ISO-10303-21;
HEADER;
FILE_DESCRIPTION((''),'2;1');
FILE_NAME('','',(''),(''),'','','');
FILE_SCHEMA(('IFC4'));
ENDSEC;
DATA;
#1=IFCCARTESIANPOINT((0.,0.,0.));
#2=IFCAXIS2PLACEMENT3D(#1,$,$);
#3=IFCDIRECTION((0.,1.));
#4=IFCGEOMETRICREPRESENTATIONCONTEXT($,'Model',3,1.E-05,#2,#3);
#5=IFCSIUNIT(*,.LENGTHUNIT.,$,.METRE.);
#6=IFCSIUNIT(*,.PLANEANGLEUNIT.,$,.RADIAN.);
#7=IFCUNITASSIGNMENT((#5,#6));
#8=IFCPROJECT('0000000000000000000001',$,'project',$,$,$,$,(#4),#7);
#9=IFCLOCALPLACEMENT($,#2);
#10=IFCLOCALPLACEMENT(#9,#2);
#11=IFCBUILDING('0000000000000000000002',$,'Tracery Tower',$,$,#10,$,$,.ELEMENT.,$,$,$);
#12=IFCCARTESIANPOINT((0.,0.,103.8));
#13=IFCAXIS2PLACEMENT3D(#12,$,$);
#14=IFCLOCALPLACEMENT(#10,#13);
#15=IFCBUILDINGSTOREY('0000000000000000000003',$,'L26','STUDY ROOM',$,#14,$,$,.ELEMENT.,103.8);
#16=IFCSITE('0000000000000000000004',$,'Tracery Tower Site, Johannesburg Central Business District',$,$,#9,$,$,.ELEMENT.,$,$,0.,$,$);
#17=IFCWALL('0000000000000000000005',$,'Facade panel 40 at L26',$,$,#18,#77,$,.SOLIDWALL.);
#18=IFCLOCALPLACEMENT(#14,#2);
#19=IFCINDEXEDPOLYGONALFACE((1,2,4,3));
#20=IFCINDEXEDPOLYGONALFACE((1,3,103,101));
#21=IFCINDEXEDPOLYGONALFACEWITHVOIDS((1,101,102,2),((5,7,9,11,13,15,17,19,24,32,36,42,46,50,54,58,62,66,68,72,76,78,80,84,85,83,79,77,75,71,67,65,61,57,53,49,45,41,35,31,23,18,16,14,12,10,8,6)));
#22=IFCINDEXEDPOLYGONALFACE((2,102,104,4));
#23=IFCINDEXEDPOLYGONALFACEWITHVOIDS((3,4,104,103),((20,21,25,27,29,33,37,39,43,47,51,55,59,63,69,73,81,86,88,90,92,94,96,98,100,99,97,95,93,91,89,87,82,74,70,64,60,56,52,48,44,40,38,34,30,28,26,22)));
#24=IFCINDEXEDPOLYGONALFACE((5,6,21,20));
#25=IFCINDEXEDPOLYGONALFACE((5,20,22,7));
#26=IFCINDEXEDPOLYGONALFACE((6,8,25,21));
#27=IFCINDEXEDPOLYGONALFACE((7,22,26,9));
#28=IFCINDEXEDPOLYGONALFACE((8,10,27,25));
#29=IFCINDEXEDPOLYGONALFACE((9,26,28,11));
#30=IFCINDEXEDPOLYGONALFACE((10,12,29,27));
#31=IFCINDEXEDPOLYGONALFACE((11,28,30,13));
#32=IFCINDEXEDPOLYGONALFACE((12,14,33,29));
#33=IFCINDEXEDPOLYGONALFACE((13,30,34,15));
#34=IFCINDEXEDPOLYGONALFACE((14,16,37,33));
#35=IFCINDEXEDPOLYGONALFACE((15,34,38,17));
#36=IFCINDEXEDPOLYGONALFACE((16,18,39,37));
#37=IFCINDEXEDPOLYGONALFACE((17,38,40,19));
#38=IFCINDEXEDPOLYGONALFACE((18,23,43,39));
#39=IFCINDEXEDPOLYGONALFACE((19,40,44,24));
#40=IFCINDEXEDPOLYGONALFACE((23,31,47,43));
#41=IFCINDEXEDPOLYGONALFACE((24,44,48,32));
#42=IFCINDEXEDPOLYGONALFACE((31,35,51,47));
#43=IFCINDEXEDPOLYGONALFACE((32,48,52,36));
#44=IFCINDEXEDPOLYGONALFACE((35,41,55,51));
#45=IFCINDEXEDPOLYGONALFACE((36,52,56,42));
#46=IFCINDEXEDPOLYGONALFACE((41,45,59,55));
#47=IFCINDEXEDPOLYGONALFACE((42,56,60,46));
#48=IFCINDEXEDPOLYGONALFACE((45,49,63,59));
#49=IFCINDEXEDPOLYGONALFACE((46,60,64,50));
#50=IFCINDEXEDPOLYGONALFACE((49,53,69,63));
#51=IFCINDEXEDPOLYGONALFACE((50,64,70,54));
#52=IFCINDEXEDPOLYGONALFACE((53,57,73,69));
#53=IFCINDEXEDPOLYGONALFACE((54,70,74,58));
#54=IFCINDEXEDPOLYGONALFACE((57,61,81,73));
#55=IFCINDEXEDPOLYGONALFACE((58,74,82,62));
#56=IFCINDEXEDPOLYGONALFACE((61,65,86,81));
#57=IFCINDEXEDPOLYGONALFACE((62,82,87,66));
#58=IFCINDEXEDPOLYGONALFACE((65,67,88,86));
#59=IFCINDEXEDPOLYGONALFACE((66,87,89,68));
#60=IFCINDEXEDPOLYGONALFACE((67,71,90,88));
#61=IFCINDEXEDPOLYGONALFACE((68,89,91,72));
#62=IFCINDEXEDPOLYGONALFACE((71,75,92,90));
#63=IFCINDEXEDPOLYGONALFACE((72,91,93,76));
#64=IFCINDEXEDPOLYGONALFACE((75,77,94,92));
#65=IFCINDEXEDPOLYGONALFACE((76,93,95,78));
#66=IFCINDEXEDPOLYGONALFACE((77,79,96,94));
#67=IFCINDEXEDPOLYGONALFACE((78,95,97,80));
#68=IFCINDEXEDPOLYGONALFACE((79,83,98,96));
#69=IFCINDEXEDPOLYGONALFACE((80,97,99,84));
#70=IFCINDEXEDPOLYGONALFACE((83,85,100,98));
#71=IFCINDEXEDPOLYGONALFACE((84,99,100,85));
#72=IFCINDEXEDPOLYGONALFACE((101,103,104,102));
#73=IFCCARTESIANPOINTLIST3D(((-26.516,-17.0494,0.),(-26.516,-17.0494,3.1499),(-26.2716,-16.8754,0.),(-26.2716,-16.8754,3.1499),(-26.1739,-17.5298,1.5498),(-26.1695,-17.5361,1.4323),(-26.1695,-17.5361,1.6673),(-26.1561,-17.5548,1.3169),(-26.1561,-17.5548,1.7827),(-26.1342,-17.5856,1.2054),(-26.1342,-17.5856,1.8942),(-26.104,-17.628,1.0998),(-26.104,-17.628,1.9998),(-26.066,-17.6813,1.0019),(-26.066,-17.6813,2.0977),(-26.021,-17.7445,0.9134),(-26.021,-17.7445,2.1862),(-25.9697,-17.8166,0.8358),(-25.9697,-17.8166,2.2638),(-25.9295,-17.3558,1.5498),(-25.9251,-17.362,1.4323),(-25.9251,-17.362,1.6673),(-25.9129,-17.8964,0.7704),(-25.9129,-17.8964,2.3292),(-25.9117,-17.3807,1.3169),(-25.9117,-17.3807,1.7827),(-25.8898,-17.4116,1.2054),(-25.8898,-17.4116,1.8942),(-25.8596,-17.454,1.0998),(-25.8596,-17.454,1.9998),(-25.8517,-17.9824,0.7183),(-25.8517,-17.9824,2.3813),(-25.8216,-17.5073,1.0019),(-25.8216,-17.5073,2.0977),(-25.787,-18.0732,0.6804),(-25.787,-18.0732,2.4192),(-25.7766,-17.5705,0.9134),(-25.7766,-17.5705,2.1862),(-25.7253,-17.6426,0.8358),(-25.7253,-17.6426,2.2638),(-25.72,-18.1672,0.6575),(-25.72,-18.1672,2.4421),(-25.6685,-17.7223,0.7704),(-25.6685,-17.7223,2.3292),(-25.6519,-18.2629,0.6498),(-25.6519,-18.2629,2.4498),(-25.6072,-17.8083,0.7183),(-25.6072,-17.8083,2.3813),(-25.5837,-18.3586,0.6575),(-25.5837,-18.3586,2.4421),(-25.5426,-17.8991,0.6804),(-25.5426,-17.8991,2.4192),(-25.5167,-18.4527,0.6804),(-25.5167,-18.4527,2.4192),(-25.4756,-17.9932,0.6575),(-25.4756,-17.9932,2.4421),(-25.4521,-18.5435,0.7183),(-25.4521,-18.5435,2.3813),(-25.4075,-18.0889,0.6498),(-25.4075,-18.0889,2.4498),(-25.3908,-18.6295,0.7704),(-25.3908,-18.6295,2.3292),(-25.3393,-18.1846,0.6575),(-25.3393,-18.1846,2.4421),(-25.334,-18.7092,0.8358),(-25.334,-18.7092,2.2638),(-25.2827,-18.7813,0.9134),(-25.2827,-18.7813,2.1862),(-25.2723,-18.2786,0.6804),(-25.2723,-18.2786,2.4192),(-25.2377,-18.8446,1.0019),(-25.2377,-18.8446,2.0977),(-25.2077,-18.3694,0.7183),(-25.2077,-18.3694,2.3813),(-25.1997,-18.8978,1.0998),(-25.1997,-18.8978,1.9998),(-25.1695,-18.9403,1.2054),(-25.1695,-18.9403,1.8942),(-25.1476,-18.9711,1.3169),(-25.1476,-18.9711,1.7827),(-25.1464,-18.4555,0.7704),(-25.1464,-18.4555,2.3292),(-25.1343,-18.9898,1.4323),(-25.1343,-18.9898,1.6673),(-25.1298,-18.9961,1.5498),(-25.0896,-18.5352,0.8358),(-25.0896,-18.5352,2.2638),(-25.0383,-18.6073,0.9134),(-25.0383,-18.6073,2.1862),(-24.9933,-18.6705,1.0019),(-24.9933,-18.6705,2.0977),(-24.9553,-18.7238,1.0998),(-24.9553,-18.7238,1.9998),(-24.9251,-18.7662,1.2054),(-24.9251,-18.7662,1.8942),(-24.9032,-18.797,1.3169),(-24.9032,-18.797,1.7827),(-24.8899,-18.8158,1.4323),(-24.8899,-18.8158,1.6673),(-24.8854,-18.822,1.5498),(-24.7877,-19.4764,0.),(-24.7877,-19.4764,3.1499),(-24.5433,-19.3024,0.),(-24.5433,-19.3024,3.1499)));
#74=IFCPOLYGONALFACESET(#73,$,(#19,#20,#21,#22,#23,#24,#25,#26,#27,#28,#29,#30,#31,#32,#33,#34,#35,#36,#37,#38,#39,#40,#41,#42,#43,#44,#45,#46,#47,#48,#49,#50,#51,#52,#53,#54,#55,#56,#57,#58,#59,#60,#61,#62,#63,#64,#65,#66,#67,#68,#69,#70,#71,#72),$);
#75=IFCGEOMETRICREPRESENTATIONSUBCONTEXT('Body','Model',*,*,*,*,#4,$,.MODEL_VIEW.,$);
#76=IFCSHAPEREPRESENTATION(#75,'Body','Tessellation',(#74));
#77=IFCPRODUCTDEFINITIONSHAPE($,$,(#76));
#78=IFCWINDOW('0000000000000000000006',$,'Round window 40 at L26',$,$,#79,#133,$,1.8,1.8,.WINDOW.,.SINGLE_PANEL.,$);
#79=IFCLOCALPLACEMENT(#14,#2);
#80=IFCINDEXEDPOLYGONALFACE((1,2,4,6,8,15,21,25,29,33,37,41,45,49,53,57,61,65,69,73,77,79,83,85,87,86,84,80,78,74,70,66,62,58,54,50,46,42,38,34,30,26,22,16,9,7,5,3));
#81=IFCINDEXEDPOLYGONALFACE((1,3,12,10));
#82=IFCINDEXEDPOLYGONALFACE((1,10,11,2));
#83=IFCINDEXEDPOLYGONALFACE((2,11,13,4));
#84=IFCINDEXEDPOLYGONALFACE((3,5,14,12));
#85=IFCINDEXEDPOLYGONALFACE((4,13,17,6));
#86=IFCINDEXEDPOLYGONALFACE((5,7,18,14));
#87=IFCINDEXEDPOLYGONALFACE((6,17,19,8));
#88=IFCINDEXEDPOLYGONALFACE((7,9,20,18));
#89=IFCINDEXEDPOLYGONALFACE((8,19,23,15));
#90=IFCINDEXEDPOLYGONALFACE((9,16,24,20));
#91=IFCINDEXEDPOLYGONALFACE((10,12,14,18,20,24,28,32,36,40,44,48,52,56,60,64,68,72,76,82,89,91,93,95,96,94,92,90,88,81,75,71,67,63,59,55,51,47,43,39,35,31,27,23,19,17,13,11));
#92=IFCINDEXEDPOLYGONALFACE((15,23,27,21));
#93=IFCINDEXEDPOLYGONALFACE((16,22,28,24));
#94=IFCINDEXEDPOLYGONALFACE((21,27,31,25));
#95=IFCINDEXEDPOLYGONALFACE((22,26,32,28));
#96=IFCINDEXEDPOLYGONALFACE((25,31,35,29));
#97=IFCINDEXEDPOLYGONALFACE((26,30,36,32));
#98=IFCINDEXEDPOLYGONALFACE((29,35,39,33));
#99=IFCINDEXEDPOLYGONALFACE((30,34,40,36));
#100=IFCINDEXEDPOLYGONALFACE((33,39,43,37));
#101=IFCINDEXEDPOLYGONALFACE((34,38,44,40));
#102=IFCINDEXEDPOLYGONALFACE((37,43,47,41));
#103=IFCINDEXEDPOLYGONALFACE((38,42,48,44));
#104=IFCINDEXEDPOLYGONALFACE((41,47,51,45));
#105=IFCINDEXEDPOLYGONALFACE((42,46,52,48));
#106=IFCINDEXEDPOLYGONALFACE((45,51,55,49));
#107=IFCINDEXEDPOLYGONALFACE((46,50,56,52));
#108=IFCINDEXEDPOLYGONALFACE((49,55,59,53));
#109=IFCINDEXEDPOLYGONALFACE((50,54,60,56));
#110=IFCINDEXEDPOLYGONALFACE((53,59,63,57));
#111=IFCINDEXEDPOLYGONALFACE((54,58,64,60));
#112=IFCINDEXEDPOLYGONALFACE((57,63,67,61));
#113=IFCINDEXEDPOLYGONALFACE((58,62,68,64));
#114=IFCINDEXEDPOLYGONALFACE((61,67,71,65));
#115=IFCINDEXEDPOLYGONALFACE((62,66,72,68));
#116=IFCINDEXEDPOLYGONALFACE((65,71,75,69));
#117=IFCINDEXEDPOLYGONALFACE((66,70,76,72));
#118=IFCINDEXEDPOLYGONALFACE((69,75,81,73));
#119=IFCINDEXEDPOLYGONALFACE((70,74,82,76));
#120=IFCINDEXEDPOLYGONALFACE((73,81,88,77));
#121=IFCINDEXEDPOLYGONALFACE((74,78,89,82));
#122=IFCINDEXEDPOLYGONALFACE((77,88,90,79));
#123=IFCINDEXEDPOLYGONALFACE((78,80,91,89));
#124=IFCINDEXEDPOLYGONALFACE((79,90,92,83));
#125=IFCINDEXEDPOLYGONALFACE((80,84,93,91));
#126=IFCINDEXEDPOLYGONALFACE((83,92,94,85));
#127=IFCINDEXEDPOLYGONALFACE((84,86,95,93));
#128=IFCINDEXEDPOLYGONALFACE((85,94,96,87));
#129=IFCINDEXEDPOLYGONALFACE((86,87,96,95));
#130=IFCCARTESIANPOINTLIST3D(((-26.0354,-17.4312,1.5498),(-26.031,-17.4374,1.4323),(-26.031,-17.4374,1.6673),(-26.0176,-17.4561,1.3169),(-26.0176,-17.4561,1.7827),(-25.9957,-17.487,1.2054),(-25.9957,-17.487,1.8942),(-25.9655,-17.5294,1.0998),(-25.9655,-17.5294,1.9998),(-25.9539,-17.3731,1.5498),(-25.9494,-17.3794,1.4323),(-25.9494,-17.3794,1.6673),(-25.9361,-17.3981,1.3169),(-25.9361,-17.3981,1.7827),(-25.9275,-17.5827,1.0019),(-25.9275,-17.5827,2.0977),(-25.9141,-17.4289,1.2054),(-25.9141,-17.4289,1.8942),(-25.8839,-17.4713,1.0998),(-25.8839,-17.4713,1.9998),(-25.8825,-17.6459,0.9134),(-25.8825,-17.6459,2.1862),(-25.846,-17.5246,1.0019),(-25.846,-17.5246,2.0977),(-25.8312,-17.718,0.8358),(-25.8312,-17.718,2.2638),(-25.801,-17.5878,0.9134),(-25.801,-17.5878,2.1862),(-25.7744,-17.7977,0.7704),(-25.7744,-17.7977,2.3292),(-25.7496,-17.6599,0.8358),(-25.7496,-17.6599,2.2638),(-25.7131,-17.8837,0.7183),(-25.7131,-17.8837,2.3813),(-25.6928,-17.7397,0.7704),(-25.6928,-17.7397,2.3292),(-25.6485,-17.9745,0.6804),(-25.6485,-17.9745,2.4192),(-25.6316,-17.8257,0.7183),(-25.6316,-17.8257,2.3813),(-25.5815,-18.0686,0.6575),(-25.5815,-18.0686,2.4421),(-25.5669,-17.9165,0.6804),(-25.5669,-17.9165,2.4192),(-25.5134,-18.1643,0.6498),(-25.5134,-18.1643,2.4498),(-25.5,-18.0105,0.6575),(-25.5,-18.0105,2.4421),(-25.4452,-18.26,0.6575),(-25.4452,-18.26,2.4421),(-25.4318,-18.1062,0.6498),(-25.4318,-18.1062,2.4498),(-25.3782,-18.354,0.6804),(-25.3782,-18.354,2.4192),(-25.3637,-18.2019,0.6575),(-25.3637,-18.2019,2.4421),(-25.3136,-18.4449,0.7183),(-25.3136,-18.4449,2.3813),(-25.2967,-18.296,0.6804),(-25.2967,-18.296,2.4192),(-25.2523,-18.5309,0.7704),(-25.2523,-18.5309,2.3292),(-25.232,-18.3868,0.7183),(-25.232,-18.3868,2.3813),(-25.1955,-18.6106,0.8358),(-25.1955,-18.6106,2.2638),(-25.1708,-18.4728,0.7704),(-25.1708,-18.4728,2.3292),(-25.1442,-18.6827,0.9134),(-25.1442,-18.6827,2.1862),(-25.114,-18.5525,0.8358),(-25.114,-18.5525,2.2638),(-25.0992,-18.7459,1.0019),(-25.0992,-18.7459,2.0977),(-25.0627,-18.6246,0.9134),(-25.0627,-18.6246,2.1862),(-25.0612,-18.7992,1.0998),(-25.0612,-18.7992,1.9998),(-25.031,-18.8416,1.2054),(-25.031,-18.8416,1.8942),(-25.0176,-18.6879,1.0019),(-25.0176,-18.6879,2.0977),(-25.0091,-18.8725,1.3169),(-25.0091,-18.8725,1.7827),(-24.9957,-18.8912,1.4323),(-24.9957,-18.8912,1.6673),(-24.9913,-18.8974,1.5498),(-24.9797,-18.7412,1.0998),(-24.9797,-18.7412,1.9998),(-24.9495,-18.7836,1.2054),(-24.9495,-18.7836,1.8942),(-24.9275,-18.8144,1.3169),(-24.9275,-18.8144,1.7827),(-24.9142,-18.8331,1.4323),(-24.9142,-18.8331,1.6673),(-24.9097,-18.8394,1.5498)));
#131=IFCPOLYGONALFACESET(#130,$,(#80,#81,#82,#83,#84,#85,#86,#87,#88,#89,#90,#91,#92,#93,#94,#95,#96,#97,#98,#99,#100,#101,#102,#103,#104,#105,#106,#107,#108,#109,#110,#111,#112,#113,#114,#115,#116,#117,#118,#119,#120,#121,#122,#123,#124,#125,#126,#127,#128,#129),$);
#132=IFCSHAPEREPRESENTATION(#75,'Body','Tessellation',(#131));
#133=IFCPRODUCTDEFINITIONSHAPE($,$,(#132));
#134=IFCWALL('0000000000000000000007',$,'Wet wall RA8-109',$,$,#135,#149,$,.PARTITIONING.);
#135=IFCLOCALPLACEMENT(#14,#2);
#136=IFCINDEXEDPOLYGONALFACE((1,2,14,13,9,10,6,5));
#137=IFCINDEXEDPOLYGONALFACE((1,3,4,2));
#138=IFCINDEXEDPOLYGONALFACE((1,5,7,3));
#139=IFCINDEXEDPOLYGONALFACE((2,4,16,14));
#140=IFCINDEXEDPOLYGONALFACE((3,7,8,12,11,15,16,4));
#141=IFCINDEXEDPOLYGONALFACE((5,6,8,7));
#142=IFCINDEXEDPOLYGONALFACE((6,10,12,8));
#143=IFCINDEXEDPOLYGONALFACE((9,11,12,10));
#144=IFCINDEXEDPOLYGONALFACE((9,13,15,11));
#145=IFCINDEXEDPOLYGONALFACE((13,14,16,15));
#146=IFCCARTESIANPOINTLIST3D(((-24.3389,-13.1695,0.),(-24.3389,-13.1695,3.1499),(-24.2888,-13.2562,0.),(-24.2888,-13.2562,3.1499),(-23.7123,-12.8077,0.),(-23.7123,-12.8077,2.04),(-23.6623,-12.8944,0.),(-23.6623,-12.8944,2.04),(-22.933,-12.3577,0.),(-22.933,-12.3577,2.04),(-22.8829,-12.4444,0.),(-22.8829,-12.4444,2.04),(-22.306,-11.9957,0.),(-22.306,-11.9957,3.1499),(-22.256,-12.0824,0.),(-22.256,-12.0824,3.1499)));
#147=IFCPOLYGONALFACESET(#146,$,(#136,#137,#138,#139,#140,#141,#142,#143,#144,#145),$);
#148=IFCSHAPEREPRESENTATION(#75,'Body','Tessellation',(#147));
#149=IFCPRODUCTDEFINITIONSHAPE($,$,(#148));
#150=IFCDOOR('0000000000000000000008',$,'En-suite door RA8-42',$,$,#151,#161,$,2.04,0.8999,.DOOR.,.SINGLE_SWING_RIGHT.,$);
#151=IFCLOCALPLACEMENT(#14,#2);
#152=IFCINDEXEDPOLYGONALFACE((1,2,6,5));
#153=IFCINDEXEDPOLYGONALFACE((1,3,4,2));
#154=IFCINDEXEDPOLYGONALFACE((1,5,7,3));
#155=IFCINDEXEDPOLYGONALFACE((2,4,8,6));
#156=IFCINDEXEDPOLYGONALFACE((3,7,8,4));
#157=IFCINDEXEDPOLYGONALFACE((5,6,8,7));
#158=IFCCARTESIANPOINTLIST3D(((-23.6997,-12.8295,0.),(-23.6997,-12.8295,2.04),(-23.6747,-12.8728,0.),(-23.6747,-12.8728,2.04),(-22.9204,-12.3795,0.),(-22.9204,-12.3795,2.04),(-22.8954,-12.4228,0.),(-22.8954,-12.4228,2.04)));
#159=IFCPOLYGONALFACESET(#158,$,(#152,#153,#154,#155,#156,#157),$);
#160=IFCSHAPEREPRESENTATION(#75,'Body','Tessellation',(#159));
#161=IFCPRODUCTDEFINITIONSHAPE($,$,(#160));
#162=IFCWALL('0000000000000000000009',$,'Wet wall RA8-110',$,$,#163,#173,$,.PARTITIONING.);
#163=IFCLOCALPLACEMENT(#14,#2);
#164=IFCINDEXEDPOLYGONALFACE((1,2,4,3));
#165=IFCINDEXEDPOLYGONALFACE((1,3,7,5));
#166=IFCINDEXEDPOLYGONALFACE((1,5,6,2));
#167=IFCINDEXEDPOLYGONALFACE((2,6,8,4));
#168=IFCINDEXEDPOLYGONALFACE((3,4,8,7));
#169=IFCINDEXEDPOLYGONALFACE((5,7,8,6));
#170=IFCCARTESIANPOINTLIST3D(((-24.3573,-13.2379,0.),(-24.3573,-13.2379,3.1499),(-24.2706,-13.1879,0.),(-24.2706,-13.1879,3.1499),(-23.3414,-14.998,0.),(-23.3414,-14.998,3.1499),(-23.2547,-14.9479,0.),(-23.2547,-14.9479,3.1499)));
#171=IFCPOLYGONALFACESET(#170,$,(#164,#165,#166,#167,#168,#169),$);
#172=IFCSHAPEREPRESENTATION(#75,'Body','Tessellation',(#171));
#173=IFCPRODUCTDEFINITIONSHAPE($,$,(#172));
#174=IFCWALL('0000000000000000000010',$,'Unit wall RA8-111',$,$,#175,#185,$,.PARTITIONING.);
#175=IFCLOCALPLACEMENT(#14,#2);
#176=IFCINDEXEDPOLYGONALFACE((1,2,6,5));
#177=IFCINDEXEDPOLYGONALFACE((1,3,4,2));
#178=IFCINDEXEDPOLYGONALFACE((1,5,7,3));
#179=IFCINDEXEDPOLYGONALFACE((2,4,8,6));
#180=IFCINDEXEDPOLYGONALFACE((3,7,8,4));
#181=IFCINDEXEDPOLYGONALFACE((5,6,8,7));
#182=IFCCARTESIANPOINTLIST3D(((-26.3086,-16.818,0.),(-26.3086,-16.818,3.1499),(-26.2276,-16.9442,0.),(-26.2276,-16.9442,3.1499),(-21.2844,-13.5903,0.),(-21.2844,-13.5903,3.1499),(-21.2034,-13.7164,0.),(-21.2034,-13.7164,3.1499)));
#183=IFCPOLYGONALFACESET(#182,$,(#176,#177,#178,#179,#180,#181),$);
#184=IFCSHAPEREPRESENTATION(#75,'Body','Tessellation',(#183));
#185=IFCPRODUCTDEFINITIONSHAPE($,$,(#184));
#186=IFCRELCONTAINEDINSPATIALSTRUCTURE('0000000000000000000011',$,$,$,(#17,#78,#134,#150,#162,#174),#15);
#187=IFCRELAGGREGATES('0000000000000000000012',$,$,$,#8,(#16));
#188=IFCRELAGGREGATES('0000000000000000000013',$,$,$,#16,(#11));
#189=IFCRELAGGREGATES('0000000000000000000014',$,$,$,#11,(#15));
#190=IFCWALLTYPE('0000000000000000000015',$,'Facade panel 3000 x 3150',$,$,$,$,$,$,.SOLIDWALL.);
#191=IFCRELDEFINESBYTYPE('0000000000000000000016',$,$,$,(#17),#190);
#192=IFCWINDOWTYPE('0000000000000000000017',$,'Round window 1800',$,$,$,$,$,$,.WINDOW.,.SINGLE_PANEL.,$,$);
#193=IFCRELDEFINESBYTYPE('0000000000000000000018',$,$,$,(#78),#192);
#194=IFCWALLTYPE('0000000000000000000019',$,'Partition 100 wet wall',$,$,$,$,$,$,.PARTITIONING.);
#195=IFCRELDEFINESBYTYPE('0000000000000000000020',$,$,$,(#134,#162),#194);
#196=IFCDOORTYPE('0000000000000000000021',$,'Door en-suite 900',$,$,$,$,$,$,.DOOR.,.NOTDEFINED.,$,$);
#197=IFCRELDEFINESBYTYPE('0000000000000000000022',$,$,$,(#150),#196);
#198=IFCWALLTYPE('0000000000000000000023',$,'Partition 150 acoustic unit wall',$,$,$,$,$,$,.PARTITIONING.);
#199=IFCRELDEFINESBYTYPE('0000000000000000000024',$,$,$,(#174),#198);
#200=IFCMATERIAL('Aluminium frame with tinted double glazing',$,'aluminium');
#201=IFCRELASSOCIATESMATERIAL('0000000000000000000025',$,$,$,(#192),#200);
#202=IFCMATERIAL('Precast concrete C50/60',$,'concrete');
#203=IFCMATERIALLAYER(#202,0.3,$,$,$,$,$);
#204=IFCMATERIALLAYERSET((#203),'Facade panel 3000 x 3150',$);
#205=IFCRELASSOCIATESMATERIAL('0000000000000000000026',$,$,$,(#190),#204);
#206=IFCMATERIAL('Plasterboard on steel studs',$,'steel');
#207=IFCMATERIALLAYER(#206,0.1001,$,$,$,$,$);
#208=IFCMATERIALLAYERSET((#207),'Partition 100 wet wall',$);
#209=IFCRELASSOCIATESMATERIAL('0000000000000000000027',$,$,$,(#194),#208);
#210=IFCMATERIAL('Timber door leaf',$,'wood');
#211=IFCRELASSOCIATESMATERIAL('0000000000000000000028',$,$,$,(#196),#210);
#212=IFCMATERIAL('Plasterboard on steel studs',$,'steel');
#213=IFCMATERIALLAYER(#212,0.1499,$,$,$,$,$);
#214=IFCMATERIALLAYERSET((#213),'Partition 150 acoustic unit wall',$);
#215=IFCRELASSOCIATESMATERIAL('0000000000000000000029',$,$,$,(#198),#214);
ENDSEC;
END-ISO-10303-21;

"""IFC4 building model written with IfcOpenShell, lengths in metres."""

from ifc_helpers import new_model, si_unit, direction, frame, frame_2d, origin, origin_2d, place, context, subcontext, project, spatial, rectangle, circle, extrude, material, layer, layer_set, type_object, element, fill, save


model = new_model("IFC4")

# Units and contexts
model_context = context("Model", 3, precision=1e-05, world=origin(), true_north=direction((0.0, 1.0)))
body_context = subcontext(model_context, "Body", "Model", "MODEL_VIEW")
ifc_project = project(units=[si_unit("LENGTHUNIT", "METRE"), si_unit("PLANEANGLEUNIT", "RADIAN")], contexts=[model_context])

# Site, building, storey
site_placement = place(None, origin())
site = spatial("IfcSite", under=ifc_project, at=site_placement, Name="Tracery Tower Site, Johannesburg Central Business District", CompositionType="ELEMENT", RefElevation=0.0)
building_placement = place(site_placement, origin())
building = spatial("IfcBuilding", under=site, at=building_placement, Name="Tracery Tower", CompositionType="ELEMENT")
storey_placement = place(building_placement, frame((0.0, 0.0, 103.8)))
storey = spatial("IfcBuildingStorey", under=building, at=storey_placement, Name="L26", Description="STUDY ROOM", CompositionType="ELEMENT", Elevation=103.8)

# Wall, opening, window
ifc_material_1 = material(Name="Aluminium frame with tinted double glazing", Category="aluminium")
window_type = type_object("IfcWindowType", Name="Round window 1800", PartitioningType="SINGLE_PANEL", PredefinedType="WINDOW", material=ifc_material_1)
ifc_material_2 = material(Name="Precast concrete C50/60", Category="concrete")
ifc_layer_1 = layer(ifc_material_2, 0.3)
ifc_layer_set_1 = layer_set([ifc_layer_1], Name="Facade panel 3000 x 3150")
wall_type_1 = type_object("IfcWallType", Name="Facade panel 3000 x 3150", PredefinedType="SOLIDWALL", material=ifc_layer_set_1)
wall_1_placement = place(storey_placement, frame((-26.3938, -16.9624, 0.0), z_axis=(0.0, 0.0, 1.0), x_axis=(0.580059, -0.814574, 0.0)))
wall_1 = element("IfcWall", 1, at=wall_1_placement, inside=storey, type_object=wall_type_1, Name="Facade panel 40 at L26", PredefinedType="SOLIDWALL", context=body_context, shape_type="SweptSolid", body=[
    extrude(rectangle(XDim=2.9795, YDim=0.3, at=frame_2d((1.4897, 0.0))), origin(), (0.0, 0.0, 1.0), 3.1499),
])
opening_1_placement = place(wall_1_placement, frame((1.4897, 0.0, 1.5498)))
opening_1 = element("IfcOpeningElement", 2, at=opening_1_placement, cuts=wall_1, PredefinedType="OPENING", context=body_context, shape_type="SweptSolid", body=[
    extrude(circle(Radius=0.9, at=origin_2d()), frame((0.0, 0.1599, 0.0), z_axis=(0.0, -1.0, 0.0), x_axis=(1.0, 0.0, 0.0)), (0.0, 0.0, 1.0), 0.3201),
])
window_1_placement = place(opening_1_placement, origin())
window_1 = element("IfcWindow", 3, at=window_1_placement, inside=storey, type_object=window_type, Name="Round window 40 at L26", OverallHeight=1.8, OverallWidth=1.8, PartitioningType="SINGLE_PANEL", PredefinedType="WINDOW", context=body_context, shape_type="SweptSolid", body=[
    extrude(circle(Radius=0.9, at=origin_2d()), frame((0.0, 0.1201, 0.0), z_axis=(0.0, -1.0, 0.0), x_axis=(1.0, 0.0, 0.0)), (0.0, 0.0, 1.0), 0.1001),
])
fill(opening_1, window_1)

# Wall, opening, door
ifc_material_3 = material(Name="Plasterboard on steel studs", Category="steel")
ifc_layer_2 = layer(ifc_material_3, 0.1001)
ifc_layer_set_2 = layer_set([ifc_layer_2], Name="Partition 100 wet wall")
wall_type_2 = type_object("IfcWallType", Name="Partition 100 wet wall", PredefinedType="PARTITIONING", material=ifc_layer_set_2)
wall_2_placement = place(storey_placement, frame((-24.314, -13.2129, 0.0), z_axis=(0.0, 0.0, 1.0), x_axis=(0.866007, 0.500032, 0.0)))
wall_2 = element("IfcWall", 4, at=wall_2_placement, inside=storey, type_object=wall_type_2, Name="Wet wall RA8-109", PredefinedType="PARTITIONING", context=body_context, shape_type="SweptSolid", body=[
    extrude(rectangle(XDim=2.3474, YDim=0.1001, at=frame_2d((1.1738, 0.0))), origin(), (0.0, 0.0, 1.0), 3.1499),
])
opening_2_placement = place(wall_2_placement, frame((0.7236, 0.0, 0.0)))
opening_2 = element("IfcOpeningElement", 5, at=opening_2_placement, cuts=wall_2, PredefinedType="OPENING", context=body_context, shape_type="SweptSolid", body=[
    extrude(rectangle(XDim=0.8999, YDim=2.04, at=frame_2d((0.45, 1.02))), frame((0.0, 0.05, 0.0), z_axis=(0.0, -1.0, 0.0), x_axis=(1.0, 0.0, 0.0)), (0.0, 0.0, 1.0), 0.1001),
])
ifc_material_4 = material(Name="Timber door leaf", Category="wood")
door_type_1 = type_object("IfcDoorType", Name="Door en-suite 900", OperationType="NOTDEFINED", PredefinedType="DOOR", material=ifc_material_4)
door_1_placement = place(opening_2_placement, origin())
door_1 = element("IfcDoor", 6, at=door_1_placement, inside=storey, type_object=door_type_1, Name="En-suite door RA8-42", OperationType="SINGLE_SWING_RIGHT", OverallHeight=2.04, OverallWidth=0.8999, PredefinedType="DOOR", context=body_context, shape_type="SweptSolid", body=[
    extrude(rectangle(XDim=0.8999, YDim=2.04, at=frame_2d((0.45, 1.02))), frame((0.0, 0.0249, 0.0), z_axis=(0.0, -1.0, 0.0), x_axis=(1.0, 0.0, 0.0)), (0.0, 0.0, 1.0), 0.05),
])
fill(opening_2, door_1)

# Walls
wall_3_placement = place(storey_placement, frame((-24.314, -13.2129, 0.0), z_axis=(0.0, 0.0, 1.0), x_axis=(0.499899, -0.866084, 0.0)))
element("IfcWall", 7, at=wall_3_placement, inside=storey, type_object=wall_type_2, Name="Wet wall RA8-110", PredefinedType="PARTITIONING", context=body_context, shape_type="SweptSolid", body=[
    extrude(rectangle(XDim=2.0322, YDim=0.1001, at=frame_2d((1.0161, 0.0))), origin(), (0.0, 0.0, 1.0), 3.1499),
])
ifc_material_5 = material(Name="Plasterboard on steel studs", Category="steel")
ifc_layer_3 = layer(ifc_material_5, 0.1499)
ifc_layer_set_3 = layer_set([ifc_layer_3], Name="Partition 150 acoustic unit wall")
wall_type_3 = type_object("IfcWallType", Name="Partition 150 acoustic unit wall", PredefinedType="PARTITIONING", material=ifc_layer_set_3)
wall_4_placement = place(storey_placement, frame((-26.2681, -16.8811, 0.0), z_axis=(0.0, 0.0, 1.0), x_axis=(0.841334, 0.540516, 0.0)))
element("IfcWall", 8, at=wall_4_placement, inside=storey, type_object=wall_type_3, Name="Unit wall RA8-111", PredefinedType="PARTITIONING", context=body_context, shape_type="SweptSolid", body=[
    extrude(rectangle(XDim=5.9717, YDim=0.1499, at=frame_2d((2.9858, 0.0))), origin(), (0.0, 0.0, 1.0), 3.1499),
])

save(model, "model.ifc")
